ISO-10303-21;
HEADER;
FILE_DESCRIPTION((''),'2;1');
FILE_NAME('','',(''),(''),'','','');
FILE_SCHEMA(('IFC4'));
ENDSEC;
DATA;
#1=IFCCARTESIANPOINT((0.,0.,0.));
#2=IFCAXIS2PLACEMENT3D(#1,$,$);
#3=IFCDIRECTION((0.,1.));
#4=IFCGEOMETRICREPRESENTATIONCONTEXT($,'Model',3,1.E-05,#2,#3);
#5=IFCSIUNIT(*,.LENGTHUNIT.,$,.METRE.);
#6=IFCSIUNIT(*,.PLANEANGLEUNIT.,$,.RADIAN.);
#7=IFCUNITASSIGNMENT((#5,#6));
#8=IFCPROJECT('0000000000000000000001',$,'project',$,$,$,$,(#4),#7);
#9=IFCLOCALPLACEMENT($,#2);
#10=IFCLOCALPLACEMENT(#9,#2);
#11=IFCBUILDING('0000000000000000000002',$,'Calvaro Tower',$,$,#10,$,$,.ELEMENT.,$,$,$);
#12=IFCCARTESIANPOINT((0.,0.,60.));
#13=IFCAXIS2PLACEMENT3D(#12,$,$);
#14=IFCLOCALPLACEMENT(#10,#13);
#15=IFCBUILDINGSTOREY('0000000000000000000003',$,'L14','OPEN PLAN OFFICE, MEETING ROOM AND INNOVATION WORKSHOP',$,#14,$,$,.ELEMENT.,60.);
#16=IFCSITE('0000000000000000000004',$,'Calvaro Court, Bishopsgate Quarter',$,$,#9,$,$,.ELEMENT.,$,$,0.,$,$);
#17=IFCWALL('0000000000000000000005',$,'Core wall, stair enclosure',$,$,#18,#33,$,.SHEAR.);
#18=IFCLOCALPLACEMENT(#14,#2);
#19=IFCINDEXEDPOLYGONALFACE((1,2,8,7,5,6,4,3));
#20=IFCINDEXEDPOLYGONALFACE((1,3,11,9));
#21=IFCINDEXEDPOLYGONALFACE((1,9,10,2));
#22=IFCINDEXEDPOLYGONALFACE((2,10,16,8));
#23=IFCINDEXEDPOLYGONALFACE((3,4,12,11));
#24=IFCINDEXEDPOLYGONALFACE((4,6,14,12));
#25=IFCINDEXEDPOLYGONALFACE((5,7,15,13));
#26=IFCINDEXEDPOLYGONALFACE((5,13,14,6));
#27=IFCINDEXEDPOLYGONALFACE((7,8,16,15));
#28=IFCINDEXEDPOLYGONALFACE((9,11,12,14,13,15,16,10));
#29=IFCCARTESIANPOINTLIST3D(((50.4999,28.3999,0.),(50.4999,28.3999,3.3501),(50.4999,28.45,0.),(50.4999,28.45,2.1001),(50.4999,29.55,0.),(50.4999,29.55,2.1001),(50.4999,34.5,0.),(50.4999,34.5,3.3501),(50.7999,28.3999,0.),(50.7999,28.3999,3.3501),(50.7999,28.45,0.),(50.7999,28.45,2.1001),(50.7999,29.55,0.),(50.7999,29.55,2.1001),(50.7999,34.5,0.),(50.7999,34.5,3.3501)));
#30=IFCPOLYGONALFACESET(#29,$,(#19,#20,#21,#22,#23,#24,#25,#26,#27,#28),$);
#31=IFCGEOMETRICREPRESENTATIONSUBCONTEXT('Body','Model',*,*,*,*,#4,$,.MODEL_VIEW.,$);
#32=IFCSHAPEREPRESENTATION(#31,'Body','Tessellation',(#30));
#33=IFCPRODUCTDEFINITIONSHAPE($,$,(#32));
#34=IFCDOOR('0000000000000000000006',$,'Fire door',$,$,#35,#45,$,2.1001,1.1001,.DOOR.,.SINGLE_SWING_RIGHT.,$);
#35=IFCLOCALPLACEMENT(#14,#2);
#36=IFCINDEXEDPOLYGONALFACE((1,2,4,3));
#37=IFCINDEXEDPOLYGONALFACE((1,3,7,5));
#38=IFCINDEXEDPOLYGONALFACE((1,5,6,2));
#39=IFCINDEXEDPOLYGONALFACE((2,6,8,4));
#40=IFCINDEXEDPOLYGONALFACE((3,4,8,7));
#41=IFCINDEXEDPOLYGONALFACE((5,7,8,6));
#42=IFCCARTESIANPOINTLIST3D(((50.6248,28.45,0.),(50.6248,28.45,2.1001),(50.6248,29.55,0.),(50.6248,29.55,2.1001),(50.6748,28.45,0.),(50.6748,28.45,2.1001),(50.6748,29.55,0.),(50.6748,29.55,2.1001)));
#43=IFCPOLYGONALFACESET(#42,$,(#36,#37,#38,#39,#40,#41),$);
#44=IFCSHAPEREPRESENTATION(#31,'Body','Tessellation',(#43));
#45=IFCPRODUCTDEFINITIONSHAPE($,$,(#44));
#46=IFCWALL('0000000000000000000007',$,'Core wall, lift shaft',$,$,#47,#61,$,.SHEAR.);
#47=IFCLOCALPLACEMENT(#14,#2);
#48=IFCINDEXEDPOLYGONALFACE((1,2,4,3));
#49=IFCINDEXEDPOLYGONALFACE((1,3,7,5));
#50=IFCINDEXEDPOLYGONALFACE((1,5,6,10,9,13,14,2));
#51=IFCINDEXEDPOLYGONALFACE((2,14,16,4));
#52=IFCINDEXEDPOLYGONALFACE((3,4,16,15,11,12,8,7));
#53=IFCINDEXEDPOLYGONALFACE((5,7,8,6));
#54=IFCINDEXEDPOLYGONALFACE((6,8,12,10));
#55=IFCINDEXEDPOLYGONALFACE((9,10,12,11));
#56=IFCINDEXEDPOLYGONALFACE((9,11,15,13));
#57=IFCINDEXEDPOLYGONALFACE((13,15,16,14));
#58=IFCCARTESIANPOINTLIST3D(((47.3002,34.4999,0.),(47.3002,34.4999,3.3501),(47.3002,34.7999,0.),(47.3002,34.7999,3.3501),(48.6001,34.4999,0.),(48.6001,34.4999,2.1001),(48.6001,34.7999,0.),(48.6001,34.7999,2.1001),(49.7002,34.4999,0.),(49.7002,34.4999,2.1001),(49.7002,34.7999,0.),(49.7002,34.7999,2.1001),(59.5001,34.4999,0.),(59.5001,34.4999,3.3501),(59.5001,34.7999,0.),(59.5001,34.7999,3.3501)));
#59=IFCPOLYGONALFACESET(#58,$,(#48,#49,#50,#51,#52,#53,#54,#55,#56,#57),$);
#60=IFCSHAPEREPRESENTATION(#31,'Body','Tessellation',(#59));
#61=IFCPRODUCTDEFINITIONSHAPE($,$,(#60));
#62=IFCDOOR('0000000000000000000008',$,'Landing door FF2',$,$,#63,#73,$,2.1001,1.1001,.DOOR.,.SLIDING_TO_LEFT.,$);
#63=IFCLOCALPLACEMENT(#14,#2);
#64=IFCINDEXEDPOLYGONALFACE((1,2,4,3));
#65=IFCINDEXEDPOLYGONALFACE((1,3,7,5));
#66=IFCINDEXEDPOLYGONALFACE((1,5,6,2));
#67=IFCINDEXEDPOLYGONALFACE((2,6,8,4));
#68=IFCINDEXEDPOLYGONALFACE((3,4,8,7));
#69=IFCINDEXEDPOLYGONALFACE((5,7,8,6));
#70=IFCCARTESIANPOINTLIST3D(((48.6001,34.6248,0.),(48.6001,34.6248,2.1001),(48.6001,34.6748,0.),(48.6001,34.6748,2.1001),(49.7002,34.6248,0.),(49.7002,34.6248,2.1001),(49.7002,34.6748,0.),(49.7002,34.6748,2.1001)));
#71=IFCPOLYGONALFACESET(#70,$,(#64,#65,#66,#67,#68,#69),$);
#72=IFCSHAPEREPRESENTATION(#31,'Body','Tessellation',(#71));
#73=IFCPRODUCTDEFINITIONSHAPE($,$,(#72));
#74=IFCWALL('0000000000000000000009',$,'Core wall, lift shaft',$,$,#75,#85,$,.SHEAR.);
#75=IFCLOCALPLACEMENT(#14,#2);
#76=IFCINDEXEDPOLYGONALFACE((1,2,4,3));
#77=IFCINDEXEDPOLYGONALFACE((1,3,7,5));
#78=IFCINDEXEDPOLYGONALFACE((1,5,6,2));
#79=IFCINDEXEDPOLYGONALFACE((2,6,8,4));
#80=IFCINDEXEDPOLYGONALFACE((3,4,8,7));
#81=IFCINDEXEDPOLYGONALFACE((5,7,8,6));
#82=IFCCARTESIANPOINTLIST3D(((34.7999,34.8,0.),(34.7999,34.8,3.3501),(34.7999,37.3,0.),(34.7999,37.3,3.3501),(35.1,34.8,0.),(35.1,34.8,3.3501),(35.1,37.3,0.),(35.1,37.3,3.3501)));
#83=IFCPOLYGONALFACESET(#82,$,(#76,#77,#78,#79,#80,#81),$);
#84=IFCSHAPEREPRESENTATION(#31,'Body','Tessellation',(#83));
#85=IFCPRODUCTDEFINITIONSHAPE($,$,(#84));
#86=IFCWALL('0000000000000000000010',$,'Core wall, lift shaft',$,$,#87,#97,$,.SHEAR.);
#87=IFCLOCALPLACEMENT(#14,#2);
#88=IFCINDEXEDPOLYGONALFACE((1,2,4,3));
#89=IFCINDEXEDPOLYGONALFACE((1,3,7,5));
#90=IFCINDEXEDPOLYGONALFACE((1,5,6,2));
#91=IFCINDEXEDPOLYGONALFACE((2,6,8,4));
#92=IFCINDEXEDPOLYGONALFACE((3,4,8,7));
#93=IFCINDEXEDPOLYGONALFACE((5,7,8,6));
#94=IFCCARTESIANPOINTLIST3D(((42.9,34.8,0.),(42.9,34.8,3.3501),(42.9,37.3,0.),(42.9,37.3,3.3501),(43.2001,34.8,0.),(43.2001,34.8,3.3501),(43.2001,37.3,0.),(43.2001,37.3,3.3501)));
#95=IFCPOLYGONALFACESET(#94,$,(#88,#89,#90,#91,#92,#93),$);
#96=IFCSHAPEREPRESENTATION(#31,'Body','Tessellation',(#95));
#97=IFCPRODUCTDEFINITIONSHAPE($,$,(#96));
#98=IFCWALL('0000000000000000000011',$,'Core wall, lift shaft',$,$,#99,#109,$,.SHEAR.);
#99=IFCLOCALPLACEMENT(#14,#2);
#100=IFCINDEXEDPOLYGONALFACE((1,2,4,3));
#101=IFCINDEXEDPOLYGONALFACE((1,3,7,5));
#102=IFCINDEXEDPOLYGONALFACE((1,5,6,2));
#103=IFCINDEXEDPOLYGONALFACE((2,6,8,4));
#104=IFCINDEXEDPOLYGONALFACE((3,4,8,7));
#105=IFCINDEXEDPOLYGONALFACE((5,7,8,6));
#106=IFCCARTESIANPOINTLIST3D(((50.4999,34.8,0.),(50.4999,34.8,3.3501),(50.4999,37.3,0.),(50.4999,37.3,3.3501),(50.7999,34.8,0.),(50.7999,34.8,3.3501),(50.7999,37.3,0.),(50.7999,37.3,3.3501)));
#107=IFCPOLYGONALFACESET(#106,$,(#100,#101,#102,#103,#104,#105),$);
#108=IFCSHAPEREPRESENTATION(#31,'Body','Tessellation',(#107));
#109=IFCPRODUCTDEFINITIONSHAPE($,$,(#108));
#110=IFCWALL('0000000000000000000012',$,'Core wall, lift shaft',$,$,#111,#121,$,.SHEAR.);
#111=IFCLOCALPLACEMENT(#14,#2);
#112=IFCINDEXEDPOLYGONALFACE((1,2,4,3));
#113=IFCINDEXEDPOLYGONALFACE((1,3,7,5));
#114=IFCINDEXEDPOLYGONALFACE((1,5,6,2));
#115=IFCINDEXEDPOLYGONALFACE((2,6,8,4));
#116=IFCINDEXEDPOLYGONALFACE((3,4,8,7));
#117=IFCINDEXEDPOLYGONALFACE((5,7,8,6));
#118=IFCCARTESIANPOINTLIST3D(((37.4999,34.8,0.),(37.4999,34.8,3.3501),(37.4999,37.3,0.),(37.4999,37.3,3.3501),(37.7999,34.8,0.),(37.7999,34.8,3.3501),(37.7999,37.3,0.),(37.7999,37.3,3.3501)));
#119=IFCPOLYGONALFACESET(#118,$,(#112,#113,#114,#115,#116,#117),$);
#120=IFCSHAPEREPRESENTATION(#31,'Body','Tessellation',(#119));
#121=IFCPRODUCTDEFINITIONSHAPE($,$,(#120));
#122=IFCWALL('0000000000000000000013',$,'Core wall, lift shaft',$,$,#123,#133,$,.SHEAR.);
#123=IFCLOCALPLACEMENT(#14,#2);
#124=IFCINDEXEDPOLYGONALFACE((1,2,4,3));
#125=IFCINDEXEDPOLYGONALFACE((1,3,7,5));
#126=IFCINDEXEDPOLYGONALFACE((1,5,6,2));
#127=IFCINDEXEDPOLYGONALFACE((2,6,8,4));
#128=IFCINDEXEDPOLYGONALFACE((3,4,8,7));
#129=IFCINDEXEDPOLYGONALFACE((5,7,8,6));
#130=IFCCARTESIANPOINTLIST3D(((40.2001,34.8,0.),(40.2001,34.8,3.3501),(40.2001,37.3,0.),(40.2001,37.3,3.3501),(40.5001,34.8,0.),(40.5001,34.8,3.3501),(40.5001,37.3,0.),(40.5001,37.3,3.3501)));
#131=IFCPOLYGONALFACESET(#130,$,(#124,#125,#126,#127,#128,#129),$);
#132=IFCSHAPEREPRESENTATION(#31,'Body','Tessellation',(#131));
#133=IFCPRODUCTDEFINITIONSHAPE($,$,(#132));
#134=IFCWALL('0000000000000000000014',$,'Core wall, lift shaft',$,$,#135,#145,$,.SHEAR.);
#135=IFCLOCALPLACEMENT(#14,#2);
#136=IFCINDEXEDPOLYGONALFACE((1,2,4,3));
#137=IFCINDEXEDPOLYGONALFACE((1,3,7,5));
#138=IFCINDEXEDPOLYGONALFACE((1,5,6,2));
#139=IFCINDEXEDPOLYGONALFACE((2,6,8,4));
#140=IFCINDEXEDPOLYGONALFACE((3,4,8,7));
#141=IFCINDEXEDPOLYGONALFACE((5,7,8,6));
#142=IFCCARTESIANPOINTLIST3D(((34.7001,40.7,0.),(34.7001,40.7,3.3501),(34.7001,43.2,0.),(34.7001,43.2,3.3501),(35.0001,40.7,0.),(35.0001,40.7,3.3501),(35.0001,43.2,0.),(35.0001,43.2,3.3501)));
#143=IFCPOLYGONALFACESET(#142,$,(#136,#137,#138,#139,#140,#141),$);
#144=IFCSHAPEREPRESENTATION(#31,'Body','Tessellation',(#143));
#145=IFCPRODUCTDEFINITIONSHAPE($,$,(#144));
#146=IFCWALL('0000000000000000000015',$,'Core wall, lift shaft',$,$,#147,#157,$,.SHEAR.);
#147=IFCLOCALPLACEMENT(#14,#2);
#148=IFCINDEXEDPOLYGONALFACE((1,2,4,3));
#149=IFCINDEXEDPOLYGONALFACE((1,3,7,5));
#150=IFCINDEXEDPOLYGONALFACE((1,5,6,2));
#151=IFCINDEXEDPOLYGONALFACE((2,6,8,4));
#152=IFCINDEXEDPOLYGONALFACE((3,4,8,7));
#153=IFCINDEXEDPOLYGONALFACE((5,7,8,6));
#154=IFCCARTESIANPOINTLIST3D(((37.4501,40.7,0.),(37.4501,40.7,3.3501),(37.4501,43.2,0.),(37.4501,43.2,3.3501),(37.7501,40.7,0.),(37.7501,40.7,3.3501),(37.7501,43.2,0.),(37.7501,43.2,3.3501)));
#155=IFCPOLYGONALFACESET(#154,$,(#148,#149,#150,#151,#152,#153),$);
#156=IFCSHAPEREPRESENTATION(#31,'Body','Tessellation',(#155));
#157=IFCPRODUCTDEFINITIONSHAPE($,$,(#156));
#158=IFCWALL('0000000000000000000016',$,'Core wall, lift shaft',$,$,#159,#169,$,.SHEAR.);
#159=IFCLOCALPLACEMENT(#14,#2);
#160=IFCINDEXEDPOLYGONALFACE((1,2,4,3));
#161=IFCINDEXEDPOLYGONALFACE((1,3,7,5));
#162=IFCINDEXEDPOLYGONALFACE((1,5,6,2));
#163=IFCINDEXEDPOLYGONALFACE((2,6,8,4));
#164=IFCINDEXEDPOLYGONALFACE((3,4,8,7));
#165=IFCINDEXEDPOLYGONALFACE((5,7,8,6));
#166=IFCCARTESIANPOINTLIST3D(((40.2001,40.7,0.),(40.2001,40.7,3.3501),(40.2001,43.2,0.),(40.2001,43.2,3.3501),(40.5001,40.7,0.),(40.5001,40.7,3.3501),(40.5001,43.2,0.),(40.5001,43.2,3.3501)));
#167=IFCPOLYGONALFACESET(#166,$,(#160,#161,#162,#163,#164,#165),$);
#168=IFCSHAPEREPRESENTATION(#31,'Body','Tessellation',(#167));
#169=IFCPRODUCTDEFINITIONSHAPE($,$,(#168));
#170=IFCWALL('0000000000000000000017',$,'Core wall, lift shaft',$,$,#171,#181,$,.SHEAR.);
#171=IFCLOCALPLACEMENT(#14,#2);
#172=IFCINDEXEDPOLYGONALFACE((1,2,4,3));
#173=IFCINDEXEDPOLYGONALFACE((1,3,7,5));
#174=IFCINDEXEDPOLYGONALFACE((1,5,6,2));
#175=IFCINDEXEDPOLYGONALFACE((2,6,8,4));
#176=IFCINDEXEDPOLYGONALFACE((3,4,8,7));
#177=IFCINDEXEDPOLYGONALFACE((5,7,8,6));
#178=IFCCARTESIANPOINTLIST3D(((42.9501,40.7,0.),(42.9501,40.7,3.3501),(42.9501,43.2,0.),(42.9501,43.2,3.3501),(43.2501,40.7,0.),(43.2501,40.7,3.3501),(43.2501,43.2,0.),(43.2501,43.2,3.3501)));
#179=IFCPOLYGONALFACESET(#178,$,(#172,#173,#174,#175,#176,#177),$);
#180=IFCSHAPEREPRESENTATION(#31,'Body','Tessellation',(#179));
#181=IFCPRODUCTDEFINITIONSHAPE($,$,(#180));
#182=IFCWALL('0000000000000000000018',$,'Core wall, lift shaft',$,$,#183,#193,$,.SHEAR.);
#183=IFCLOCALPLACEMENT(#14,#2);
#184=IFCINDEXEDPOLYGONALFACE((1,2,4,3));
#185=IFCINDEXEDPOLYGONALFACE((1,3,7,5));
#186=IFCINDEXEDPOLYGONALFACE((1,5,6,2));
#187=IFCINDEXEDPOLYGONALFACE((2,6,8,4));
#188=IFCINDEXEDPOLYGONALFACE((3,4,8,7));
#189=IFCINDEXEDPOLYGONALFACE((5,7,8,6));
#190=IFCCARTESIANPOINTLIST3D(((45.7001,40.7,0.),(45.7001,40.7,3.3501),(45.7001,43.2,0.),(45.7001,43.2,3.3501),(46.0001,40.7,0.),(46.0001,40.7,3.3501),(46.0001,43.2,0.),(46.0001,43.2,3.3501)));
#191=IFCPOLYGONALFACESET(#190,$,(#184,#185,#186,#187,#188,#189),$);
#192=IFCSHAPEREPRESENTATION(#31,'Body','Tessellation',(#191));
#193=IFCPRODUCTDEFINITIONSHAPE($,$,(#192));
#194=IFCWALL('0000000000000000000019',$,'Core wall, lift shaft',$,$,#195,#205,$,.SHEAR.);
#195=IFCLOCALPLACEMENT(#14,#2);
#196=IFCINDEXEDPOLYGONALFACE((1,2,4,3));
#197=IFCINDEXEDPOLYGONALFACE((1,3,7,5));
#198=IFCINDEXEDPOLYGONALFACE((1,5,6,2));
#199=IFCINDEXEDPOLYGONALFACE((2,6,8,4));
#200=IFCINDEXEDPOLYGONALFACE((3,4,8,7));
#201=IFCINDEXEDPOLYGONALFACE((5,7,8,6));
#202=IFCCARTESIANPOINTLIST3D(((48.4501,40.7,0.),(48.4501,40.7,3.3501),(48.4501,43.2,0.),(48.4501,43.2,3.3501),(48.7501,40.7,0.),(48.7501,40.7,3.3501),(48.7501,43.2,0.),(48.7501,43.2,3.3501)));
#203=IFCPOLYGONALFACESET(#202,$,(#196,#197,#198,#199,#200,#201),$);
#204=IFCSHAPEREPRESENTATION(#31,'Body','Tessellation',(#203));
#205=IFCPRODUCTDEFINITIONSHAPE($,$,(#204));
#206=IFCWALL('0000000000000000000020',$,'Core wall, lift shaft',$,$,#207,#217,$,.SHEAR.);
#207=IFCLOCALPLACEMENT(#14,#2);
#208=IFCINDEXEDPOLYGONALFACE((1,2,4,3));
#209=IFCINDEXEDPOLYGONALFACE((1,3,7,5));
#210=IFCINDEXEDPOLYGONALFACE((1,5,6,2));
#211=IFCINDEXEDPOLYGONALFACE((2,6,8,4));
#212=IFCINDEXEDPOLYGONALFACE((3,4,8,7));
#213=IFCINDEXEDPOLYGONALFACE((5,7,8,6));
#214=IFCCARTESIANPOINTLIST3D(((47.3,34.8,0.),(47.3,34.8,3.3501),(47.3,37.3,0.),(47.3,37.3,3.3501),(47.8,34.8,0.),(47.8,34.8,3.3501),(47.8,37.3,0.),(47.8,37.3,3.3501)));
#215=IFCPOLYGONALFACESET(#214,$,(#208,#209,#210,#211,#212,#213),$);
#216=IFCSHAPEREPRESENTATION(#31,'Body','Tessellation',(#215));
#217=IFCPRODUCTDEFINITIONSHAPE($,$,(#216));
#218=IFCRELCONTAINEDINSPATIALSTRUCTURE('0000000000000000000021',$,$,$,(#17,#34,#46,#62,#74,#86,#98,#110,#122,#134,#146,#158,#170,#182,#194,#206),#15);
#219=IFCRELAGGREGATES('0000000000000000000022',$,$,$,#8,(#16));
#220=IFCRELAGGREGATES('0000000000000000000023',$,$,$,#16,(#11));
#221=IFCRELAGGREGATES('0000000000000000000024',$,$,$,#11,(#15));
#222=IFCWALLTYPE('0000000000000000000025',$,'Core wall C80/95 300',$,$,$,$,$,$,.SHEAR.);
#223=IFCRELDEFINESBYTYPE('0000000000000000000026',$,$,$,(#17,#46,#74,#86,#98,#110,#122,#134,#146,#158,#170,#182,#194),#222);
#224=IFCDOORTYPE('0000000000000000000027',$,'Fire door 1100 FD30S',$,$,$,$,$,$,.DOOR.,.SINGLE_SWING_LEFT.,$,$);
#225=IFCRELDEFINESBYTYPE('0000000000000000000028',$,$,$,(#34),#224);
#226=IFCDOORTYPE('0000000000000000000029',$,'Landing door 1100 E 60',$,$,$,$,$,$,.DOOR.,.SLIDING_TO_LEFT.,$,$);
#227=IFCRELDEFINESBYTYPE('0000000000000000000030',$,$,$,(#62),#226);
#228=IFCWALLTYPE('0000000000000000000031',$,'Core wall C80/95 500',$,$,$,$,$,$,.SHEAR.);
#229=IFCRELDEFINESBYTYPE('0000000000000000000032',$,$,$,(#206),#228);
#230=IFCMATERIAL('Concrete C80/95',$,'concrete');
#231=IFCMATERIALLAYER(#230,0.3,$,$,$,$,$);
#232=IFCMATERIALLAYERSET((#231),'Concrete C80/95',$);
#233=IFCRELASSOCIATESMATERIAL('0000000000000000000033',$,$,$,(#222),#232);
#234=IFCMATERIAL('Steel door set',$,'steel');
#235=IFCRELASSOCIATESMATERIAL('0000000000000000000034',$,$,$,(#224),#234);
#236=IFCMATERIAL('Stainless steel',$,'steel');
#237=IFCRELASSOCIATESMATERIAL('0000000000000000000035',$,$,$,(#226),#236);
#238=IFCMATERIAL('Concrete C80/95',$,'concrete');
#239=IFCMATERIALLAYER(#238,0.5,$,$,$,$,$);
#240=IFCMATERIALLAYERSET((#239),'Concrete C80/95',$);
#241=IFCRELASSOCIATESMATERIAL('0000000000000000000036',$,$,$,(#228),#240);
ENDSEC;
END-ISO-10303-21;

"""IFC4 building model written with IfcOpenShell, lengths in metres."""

from ifc_helpers import new_model, si_unit, direction, frame, frame_2d, origin, place, context, subcontext, project, spatial, rectangle, extrude, material, layer, layer_set, type_object, element, fill, save


model = new_model("IFC4")

# Units and contexts
model_context = context("Model", 3, precision=1e-05, world=origin(), true_north=direction((0.0, 1.0)))
body_context = subcontext(model_context, "Body", "Model", "MODEL_VIEW")
ifc_project = project(units=[si_unit("LENGTHUNIT", "METRE"), si_unit("PLANEANGLEUNIT", "RADIAN")], contexts=[model_context])

# Site, building, storey
site_placement = place(None, origin())
site = spatial("IfcSite", under=ifc_project, at=site_placement, Name="Calvaro Court, Bishopsgate Quarter", CompositionType="ELEMENT", RefElevation=0.0)
building_placement = place(site_placement, origin())
building = spatial("IfcBuilding", under=site, at=building_placement, Name="Calvaro Tower", CompositionType="ELEMENT")
storey_placement = place(building_placement, frame((0.0, 0.0, 60.0)))
storey = spatial("IfcBuildingStorey", under=building, at=storey_placement, Name="L14", Description="OPEN PLAN OFFICE, MEETING ROOM AND INNOVATION WORKSHOP", CompositionType="ELEMENT", Elevation=60.0)

# Walls, openings, doors
ifc_material_1 = material(Name="Concrete C80/95", Category="concrete")
ifc_layer_1 = layer(ifc_material_1, 0.3)
ifc_layer_set_1 = layer_set([ifc_layer_1], Name="Concrete C80/95")
wall_type_1 = type_object("IfcWallType", Name="Core wall C80/95 300", PredefinedType="SHEAR", material=ifc_layer_set_1)
wall_1_placement = place(storey_placement, frame((50.6499, 34.5, 0.0), z_axis=(0.0, 0.0, 1.0), x_axis=(0.0, -1.0, 0.0)))
wall_1 = element("IfcWall", 1, at=wall_1_placement, inside=storey, type_object=wall_type_1, Name="Core wall, stair enclosure", PredefinedType="SHEAR", context=body_context, shape_type="SweptSolid", body=[
    extrude(rectangle(XDim=6.1001, YDim=0.3, at=frame_2d((3.05, 0.0))), origin(), (0.0, 0.0, 1.0), 3.3501),
])
opening_1_placement = place(wall_1_placement, frame((4.95, 0.0, 0.0)))
opening_1 = element("IfcOpeningElement", 2, at=opening_1_placement, cuts=wall_1, PredefinedType="OPENING", context=body_context, shape_type="SweptSolid", body=[
    extrude(rectangle(XDim=1.1001, YDim=2.1001, at=frame_2d((0.55, 1.05))), frame((0.0, 0.1599, 0.0), z_axis=(0.0, -1.0, 0.0), x_axis=(1.0, 0.0, 0.0)), (0.0, 0.0, 1.0), 0.3201),
])
ifc_material_2 = material(Name="Steel door set", Category="steel")
door_type_1 = type_object("IfcDoorType", Name="Fire door 1100 FD30S", OperationType="SINGLE_SWING_LEFT", PredefinedType="DOOR", material=ifc_material_2)
door_1_placement = place(opening_1_placement, origin())
door_1 = element("IfcDoor", 3, at=door_1_placement, inside=storey, type_object=door_type_1, Name="Fire door", OperationType="SINGLE_SWING_RIGHT", OverallHeight=2.1001, OverallWidth=1.1001, PredefinedType="DOOR", context=body_context, shape_type="SweptSolid", body=[
    extrude(rectangle(XDim=1.1001, YDim=2.1001, at=frame_2d((0.55, 1.05))), frame((0.0, 0.0249, 0.0), z_axis=(0.0, -1.0, 0.0), x_axis=(1.0, 0.0, 0.0)), (0.0, 0.0, 1.0), 0.05),
])
fill(opening_1, door_1)
wall_2_placement = place(storey_placement, frame((47.3, 34.6499, 0.0), z_axis=(0.0, 0.0, 1.0), x_axis=(1.0, 0.0, 0.0)))
wall_2 = element("IfcWall", 4, at=wall_2_placement, inside=storey, type_object=wall_type_1, Name="Core wall, lift shaft", PredefinedType="SHEAR", context=body_context, shape_type="SweptSolid", body=[
    extrude(rectangle(XDim=12.2, YDim=0.3, at=frame_2d((6.1001, 0.0))), origin(), (0.0, 0.0, 1.0), 3.3501),
])
opening_2_placement = place(wall_2_placement, frame((1.3, 0.0, 0.0)))
opening_2 = element("IfcOpeningElement", 5, at=opening_2_placement, cuts=wall_2, PredefinedType="OPENING", context=body_context, shape_type="SweptSolid", body=[
    extrude(rectangle(XDim=1.1001, YDim=2.1001, at=frame_2d((0.55, 1.05))), frame((0.0, 0.1599, 0.0), z_axis=(0.0, -1.0, 0.0), x_axis=(1.0, 0.0, 0.0)), (0.0, 0.0, 1.0), 0.3201),
])
ifc_material_3 = material(Name="Stainless steel", Category="steel")
door_type_2 = type_object("IfcDoorType", Name="Landing door 1100 E 60", OperationType="SLIDING_TO_LEFT", PredefinedType="DOOR", material=ifc_material_3)
door_2_placement = place(opening_2_placement, origin())
door_2 = element("IfcDoor", 6, at=door_2_placement, inside=storey, type_object=door_type_2, Name="Landing door FF2", OperationType="SLIDING_TO_LEFT", OverallHeight=2.1001, OverallWidth=1.1001, PredefinedType="DOOR", context=body_context, shape_type="SweptSolid", body=[
    extrude(rectangle(XDim=1.1001, YDim=2.1001, at=frame_2d((0.55, 1.05))), frame((0.0, 0.0249, 0.0), z_axis=(0.0, -1.0, 0.0), x_axis=(1.0, 0.0, 0.0)), (0.0, 0.0, 1.0), 0.05),
])
fill(opening_2, door_2)

# Walls
for number, where, z_axis, x_axis, name in (
    (7, (34.95, 34.8, 0.0), (0.0, 0.0, 1.0), (0.0, 1.0, 0.0), "Core wall, lift shaft"),
    (8, (43.05, 34.8, 0.0), (0.0, 0.0, 1.0), (0.0, 1.0, 0.0), "Core wall, lift shaft"),
    (9, (50.6499, 34.8, 0.0), (0.0, 0.0, 1.0), (0.0, 1.0, 0.0), "Core wall, lift shaft"),
    (10, (37.6499, 34.8, 0.0), (0.0, 0.0, 1.0), (0.0, 1.0, 0.0), "Core wall, lift shaft"),
    (11, (40.3501, 34.8, 0.0), (0.0, 0.0, 1.0), (0.0, 1.0, 0.0), "Core wall, lift shaft"),
    (12, (34.8501, 40.7, 0.0), (0.0, 0.0, 1.0), (0.0, 1.0, 0.0), "Core wall, lift shaft"),
    (13, (37.6001, 40.7, 0.0), (0.0, 0.0, 1.0), (0.0, 1.0, 0.0), "Core wall, lift shaft"),
    (14, (40.3501, 40.7, 0.0), (0.0, 0.0, 1.0), (0.0, 1.0, 0.0), "Core wall, lift shaft"),
    (15, (43.1001, 40.7, 0.0), (0.0, 0.0, 1.0), (0.0, 1.0, 0.0), "Core wall, lift shaft"),
    (16, (45.8501, 40.7, 0.0), (0.0, 0.0, 1.0), (0.0, 1.0, 0.0), "Core wall, lift shaft"),
    (17, (48.6001, 40.7, 0.0), (0.0, 0.0, 1.0), (0.0, 1.0, 0.0), "Core wall, lift shaft"),
):
    element("IfcWall", number, at=place(storey_placement, frame(where, z_axis=z_axis, x_axis=x_axis)), inside=storey, type_object=wall_type_1, Name=name, PredefinedType="SHEAR", context=body_context, shape_type="SweptSolid", body=[
        extrude(rectangle(XDim=2.5, YDim=0.3, at=frame_2d((1.25, 0.0))), origin(), (0.0, 0.0, 1.0), 3.3501),
    ])
ifc_material_4 = material(Name="Concrete C80/95", Category="concrete")
ifc_layer_2 = layer(ifc_material_4, 0.5)
ifc_layer_set_2 = layer_set([ifc_layer_2], Name="Concrete C80/95")
wall_type_2 = type_object("IfcWallType", Name="Core wall C80/95 500", PredefinedType="SHEAR", material=ifc_layer_set_2)
wall_3_placement = place(storey_placement, frame((47.55, 34.8, 0.0), z_axis=(0.0, 0.0, 1.0), x_axis=(0.0, 1.0, 0.0)))
element("IfcWall", 18, at=wall_3_placement, inside=storey, type_object=wall_type_2, Name="Core wall, lift shaft", PredefinedType="SHEAR", context=body_context, shape_type="SweptSolid", body=[
    extrude(rectangle(XDim=2.5, YDim=0.5, at=frame_2d((1.25, 0.0))), origin(), (0.0, 0.0, 1.0), 3.3501),
])

save(model, "model.ifc")
